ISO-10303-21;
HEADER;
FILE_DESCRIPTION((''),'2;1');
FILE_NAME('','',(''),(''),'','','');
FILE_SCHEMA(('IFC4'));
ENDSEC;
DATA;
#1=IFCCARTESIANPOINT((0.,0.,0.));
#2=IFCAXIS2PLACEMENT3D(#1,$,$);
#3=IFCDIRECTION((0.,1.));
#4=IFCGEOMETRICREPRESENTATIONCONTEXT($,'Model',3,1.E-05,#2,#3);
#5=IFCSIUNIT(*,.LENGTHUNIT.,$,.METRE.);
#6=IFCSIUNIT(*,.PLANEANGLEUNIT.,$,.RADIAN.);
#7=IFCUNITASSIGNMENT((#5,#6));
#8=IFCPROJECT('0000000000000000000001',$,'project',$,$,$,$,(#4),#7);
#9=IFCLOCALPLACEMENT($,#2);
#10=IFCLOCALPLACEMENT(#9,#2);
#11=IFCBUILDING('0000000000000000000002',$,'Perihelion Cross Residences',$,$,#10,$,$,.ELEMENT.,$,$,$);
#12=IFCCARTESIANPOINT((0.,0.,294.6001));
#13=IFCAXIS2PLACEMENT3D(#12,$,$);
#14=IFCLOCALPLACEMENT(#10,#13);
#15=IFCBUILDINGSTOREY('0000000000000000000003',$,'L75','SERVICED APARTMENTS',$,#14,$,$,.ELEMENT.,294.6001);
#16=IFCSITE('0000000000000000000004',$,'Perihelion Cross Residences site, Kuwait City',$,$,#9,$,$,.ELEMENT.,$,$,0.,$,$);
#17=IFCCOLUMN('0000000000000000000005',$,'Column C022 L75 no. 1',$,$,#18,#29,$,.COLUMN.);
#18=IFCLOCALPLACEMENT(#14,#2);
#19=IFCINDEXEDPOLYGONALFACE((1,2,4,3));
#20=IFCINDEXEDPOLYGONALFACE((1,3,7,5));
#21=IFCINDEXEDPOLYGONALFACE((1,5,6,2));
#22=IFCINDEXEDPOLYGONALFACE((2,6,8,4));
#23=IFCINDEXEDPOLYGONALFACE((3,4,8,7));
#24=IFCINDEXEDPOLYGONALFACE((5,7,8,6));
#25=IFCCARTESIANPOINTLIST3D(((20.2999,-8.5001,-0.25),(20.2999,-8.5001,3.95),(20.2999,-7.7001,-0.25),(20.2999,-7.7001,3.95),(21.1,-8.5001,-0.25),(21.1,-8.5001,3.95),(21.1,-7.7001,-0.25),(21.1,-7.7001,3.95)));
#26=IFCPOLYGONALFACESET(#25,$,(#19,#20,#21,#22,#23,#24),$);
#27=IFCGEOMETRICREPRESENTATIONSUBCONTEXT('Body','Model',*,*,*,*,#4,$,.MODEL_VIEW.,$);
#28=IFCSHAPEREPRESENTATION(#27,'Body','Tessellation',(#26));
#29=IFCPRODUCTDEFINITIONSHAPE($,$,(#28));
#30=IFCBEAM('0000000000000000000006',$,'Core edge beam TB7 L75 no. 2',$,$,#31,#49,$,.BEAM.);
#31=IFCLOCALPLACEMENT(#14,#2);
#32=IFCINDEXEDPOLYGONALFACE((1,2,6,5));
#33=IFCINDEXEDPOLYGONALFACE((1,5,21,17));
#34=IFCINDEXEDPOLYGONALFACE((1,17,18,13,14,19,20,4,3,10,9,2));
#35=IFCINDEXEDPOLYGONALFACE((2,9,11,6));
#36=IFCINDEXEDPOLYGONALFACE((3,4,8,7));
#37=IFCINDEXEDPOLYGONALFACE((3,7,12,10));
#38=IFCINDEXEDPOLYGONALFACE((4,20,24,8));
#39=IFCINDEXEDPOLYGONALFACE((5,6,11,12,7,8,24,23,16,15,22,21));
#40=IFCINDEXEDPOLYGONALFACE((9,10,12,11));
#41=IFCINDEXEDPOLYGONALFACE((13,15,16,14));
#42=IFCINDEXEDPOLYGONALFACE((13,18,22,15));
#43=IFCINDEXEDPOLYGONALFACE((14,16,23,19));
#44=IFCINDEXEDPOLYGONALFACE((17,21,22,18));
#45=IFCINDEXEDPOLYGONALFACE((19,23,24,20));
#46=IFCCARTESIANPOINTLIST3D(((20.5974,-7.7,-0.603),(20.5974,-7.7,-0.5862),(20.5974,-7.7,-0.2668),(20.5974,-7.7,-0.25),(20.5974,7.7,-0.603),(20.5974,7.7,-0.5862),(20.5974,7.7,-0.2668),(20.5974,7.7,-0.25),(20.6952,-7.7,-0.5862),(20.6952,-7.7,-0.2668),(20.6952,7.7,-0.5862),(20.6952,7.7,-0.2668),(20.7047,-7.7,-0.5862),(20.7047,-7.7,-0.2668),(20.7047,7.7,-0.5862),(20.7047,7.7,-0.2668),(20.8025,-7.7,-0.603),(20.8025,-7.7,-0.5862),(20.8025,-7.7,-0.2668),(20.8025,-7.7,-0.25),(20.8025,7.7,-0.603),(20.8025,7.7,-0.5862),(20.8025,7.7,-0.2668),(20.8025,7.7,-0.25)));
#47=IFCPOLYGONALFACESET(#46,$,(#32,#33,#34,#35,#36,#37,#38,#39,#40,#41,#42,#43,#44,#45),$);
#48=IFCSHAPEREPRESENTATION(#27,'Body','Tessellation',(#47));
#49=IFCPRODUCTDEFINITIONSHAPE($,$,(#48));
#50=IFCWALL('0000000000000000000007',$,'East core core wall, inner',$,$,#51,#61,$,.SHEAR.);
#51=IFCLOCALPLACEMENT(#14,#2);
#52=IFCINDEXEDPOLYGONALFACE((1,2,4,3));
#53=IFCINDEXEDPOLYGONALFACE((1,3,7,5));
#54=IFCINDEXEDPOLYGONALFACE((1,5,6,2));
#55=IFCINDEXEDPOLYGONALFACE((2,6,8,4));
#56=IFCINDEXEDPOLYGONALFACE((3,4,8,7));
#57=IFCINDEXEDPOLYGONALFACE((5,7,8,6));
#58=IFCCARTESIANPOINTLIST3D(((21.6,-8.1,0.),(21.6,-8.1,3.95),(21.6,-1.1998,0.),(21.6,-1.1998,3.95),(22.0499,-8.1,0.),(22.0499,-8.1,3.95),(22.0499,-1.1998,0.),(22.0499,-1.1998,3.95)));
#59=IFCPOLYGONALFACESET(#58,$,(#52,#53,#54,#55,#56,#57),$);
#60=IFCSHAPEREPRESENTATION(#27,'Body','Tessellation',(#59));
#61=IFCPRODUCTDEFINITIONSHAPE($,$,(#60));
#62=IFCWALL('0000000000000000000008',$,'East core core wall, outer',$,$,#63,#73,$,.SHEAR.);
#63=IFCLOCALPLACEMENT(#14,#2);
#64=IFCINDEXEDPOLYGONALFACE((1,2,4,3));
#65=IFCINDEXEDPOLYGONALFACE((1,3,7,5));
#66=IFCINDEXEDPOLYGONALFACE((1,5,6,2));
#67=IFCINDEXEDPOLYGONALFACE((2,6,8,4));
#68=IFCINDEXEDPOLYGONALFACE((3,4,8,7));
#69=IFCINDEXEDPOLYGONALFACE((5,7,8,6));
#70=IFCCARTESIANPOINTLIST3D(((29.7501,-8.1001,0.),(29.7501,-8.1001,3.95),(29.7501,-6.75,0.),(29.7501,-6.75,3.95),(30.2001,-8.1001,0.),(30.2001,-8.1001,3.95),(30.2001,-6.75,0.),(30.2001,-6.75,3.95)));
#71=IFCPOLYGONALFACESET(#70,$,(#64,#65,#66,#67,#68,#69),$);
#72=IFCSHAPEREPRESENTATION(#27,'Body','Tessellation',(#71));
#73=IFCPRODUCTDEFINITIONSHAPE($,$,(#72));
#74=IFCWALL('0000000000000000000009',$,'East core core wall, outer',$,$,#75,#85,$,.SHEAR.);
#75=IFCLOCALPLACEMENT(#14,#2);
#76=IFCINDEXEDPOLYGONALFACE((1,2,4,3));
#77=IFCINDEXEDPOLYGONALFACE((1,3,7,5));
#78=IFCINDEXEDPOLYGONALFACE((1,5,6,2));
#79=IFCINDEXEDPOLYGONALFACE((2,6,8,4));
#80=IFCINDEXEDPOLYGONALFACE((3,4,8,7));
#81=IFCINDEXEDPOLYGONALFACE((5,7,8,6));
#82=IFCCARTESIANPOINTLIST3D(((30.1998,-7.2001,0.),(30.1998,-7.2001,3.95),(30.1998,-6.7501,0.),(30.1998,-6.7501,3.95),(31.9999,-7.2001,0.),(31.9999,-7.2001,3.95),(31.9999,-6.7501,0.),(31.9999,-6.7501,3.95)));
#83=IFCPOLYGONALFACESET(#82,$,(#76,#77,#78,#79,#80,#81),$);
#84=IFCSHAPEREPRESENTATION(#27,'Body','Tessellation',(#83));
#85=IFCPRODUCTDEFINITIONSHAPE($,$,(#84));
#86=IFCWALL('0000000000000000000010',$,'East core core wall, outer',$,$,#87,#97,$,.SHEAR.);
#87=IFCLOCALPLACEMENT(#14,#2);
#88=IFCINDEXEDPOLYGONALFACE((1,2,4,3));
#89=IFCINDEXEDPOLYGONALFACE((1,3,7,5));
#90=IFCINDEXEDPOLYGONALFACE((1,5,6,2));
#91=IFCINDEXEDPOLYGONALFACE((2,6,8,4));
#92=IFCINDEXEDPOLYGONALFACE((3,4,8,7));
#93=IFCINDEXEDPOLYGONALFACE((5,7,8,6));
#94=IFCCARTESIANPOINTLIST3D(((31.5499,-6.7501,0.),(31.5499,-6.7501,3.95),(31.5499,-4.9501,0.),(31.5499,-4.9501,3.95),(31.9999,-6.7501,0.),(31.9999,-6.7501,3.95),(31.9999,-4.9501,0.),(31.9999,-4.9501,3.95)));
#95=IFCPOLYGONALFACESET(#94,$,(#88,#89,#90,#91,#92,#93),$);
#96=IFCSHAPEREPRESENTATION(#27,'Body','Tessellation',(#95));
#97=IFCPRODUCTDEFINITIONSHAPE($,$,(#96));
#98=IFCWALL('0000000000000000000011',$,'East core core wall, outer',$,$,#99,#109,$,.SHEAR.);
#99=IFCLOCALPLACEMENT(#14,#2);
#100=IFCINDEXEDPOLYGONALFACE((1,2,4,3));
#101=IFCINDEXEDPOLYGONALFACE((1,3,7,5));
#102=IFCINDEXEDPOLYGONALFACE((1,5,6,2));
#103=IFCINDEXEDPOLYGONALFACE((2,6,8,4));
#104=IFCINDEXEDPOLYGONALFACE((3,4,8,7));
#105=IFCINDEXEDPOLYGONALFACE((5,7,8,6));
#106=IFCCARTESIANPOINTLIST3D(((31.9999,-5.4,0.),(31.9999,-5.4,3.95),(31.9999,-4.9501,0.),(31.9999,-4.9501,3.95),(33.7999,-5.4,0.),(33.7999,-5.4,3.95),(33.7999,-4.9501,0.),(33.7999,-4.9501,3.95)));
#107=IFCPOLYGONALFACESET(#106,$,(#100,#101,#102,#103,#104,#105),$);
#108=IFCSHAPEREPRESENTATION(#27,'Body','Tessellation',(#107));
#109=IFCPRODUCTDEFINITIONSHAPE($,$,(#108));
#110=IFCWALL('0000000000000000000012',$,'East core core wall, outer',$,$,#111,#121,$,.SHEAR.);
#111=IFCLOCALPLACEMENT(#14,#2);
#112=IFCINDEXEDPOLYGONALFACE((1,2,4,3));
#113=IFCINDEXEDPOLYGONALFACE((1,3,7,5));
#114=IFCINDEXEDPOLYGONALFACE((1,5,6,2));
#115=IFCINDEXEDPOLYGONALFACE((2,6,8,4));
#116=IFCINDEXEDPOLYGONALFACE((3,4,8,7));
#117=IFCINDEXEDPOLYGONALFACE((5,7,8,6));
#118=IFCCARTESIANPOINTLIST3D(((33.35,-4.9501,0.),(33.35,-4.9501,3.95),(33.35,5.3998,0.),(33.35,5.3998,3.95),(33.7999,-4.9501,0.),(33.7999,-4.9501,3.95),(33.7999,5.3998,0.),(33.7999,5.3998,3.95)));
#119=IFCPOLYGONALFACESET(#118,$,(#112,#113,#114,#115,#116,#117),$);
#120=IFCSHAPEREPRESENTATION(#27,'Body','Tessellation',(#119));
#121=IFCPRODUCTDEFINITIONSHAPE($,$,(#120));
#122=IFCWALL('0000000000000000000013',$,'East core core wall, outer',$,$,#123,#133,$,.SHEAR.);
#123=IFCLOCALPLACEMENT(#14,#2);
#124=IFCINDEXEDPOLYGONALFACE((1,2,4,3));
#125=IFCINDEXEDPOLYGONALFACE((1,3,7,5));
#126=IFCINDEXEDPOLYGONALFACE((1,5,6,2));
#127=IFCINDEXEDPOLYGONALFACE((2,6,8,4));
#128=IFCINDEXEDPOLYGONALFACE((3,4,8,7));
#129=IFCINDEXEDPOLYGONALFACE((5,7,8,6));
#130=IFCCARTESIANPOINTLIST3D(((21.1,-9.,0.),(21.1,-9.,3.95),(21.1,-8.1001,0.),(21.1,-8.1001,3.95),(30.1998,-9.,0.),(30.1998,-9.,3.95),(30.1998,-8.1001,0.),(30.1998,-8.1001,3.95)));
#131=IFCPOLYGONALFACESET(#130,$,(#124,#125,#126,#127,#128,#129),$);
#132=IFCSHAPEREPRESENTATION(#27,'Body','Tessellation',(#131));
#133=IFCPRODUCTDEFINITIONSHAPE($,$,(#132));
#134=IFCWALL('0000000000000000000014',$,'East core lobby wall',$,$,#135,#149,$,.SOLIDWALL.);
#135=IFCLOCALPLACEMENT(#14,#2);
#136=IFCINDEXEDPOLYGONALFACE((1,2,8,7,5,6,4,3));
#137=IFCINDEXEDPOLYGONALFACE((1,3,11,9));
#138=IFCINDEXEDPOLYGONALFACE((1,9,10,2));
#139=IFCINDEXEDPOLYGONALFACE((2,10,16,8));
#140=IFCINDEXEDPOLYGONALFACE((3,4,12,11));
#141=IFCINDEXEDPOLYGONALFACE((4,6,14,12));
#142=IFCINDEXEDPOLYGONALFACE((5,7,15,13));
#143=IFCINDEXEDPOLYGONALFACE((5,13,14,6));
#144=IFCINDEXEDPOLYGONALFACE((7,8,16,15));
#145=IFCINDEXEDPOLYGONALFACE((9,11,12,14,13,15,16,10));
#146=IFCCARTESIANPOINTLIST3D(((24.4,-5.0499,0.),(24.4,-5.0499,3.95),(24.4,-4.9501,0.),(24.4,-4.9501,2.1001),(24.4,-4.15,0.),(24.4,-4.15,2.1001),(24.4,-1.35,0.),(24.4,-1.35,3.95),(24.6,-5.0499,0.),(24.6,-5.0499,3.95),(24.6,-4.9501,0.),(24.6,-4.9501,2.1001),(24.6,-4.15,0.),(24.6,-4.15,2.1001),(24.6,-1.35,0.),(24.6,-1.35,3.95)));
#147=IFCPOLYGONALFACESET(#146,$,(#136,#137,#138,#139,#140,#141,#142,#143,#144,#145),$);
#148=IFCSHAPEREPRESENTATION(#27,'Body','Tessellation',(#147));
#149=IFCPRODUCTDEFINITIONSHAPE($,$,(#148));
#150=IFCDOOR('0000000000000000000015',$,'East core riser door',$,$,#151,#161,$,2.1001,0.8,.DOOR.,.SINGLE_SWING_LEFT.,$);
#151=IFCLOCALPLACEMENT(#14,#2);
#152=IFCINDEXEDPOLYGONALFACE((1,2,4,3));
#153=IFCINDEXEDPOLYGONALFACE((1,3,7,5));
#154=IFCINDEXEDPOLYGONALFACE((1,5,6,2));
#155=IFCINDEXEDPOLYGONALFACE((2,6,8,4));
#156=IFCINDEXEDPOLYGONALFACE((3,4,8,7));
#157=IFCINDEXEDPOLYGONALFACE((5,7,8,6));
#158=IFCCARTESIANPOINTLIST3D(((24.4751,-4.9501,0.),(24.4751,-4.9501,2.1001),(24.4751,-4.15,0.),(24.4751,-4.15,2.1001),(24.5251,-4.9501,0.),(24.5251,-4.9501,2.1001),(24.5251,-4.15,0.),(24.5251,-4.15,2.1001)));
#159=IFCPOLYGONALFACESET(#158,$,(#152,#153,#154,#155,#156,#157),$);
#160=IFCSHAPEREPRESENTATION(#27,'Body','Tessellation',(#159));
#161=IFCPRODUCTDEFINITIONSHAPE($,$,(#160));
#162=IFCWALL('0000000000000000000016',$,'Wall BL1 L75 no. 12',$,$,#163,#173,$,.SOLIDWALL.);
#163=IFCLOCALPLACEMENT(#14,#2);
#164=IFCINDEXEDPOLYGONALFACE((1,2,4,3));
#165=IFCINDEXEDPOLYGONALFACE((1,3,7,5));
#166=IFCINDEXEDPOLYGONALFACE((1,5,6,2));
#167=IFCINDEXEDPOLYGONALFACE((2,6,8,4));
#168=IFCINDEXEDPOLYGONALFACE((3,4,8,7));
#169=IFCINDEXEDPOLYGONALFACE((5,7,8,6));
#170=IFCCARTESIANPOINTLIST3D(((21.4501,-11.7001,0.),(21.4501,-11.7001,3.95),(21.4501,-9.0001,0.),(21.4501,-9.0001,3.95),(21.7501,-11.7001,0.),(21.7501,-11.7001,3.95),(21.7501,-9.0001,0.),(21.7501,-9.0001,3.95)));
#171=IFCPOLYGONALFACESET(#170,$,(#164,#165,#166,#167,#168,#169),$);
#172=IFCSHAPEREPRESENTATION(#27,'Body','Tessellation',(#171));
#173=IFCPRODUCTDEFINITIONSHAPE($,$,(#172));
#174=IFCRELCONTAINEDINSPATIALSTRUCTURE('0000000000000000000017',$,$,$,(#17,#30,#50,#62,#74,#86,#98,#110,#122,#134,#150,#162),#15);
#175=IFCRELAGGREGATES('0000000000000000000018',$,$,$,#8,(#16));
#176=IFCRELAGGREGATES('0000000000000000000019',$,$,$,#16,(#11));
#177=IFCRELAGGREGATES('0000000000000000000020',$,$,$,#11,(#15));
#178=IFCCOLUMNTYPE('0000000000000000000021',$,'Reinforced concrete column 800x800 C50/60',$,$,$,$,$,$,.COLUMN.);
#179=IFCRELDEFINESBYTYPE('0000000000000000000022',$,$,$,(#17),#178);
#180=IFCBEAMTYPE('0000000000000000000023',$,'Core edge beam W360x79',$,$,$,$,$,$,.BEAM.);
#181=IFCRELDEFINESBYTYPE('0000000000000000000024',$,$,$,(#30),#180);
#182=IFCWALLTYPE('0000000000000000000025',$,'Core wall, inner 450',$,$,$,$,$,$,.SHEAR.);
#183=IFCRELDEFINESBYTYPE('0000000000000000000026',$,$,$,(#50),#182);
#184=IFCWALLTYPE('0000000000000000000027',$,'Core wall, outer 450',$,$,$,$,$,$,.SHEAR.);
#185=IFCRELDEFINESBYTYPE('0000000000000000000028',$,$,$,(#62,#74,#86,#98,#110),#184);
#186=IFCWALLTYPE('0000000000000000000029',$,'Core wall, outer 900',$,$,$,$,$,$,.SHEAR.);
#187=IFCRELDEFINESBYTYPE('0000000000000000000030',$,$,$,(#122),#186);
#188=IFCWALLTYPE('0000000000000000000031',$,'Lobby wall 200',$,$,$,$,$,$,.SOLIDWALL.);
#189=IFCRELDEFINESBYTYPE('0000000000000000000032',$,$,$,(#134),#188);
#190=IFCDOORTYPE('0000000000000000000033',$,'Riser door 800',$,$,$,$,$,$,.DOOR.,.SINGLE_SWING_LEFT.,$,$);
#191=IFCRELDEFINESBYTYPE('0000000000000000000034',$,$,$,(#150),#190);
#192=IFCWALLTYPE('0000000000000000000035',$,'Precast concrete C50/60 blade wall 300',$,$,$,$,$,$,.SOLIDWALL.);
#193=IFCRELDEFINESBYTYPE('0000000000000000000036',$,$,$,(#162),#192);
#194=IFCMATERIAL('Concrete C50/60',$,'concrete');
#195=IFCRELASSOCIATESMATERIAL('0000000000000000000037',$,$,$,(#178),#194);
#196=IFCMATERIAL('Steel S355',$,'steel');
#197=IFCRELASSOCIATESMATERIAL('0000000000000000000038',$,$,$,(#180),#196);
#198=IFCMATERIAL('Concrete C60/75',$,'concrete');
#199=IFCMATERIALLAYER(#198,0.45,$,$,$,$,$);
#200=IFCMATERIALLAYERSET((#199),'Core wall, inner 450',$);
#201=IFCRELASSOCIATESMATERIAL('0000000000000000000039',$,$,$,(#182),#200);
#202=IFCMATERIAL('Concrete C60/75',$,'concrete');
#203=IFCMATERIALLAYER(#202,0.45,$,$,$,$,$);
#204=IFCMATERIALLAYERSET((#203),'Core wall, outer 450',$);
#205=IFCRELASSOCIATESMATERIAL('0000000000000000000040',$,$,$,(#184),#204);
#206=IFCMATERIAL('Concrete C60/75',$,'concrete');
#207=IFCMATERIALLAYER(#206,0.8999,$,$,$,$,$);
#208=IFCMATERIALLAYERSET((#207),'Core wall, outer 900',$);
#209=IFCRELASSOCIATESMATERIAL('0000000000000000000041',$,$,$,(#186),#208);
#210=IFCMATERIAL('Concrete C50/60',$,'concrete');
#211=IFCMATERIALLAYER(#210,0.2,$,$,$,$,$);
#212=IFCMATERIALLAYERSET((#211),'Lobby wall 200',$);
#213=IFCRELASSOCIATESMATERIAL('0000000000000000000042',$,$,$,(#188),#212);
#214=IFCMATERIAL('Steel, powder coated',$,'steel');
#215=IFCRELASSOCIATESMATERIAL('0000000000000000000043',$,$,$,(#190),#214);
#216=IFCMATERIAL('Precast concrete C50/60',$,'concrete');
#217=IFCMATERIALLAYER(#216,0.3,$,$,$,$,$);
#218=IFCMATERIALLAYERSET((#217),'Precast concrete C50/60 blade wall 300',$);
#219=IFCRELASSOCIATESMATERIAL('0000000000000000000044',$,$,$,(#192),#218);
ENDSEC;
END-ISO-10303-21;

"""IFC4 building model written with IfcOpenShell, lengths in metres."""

from ifc_helpers import new_model, si_unit, direction, frame, frame_2d, origin, origin_2d, place, context, subcontext, project, spatial, rectangle, i_section, extrude, material, layer, layer_set, material_profile, profile_set, type_object, element, fill, save


model = new_model("IFC4")

# Units and contexts
model_context = context("Model", 3, precision=1e-05, world=origin(), true_north=direction((0.0, 1.0)))
body_context = subcontext(model_context, "Body", "Model", "MODEL_VIEW")
ifc_project = project(units=[si_unit("LENGTHUNIT", "METRE"), si_unit("PLANEANGLEUNIT", "RADIAN")], contexts=[model_context])

# Site, building, storey
site_placement = place(None, origin())
site = spatial("IfcSite", under=ifc_project, at=site_placement, Name="Perihelion Cross Residences site, Kuwait City", CompositionType="ELEMENT", RefElevation=0.0)
building_placement = place(site_placement, origin())
building = spatial("IfcBuilding", under=site, at=building_placement, Name="Perihelion Cross Residences", CompositionType="ELEMENT")
storey_placement = place(building_placement, frame((0.0, 0.0, 294.6001)))
storey = spatial("IfcBuildingStorey", under=building, at=storey_placement, Name="L75", Description="SERVICED APARTMENTS", CompositionType="ELEMENT", Elevation=294.6001)

# Column
ifc_material_1 = material(Name="Concrete C50/60", Category="concrete")
ifc_material_profile_1 = material_profile(ifc_material_1, rectangle(XDim=0.8, YDim=0.8, at=origin_2d()), Name="RC 800x800")
ifc_profile_set_1 = profile_set([ifc_material_profile_1], Name="Concrete C50/60")
column_type = type_object("IfcColumnType", Name="Reinforced concrete column 800x800 C50/60", PredefinedType="COLUMN", material=ifc_profile_set_1)
column_placement = place(storey_placement, frame((20.7, -8.1001, -0.25), z_axis=(0.0, 0.0, 1.0), x_axis=(1.0, 0.0, 0.0)))
element("IfcColumn", 1, at=column_placement, inside=storey, type_object=column_type, Name="Column C022 L75 no. 1", PredefinedType="COLUMN", context=body_context, shape_type="SweptSolid", body=[
    extrude(rectangle(XDim=0.8, YDim=0.8, at=origin_2d()), origin(), (0.0, 0.0, 1.0), 4.2),
])

# Beam
ifc_material_2 = material(Name="Steel S355", Category="steel")
ifc_material_profile_2 = material_profile(ifc_material_2, i_section(OverallWidth=0.2051, OverallDepth=0.353, WebThickness=0.0095, FlangeThickness=0.0168, at=origin_2d()), Name="W360x79")
ifc_profile_set_2 = profile_set([ifc_material_profile_2], Name="Steel S355")
beam_type = type_object("IfcBeamType", Name="Core edge beam W360x79", PredefinedType="BEAM", material=ifc_profile_set_2)
beam_placement = place(storey_placement, frame((20.7, -7.7, -0.4265), z_axis=(0.0, 1.0, 0.0), x_axis=(-1.0, 0.0, 0.0)))
element("IfcBeam", 2, at=beam_placement, inside=storey, type_object=beam_type, Name="Core edge beam TB7 L75 no. 2", PredefinedType="BEAM", context=body_context, shape_type="SweptSolid", body=[
    extrude(i_section(OverallWidth=0.2051, OverallDepth=0.353, WebThickness=0.0095, FlangeThickness=0.0168, at=origin_2d()), origin(), (0.0, 0.0, 1.0), 15.3999),
])

# Walls
ifc_material_3 = material(Name="Concrete C60/75", Category="concrete")
ifc_layer_1 = layer(ifc_material_3, 0.45)
ifc_layer_set_1 = layer_set([ifc_layer_1], Name="Core wall, inner 450")
wall_type_1 = type_object("IfcWallType", Name="Core wall, inner 450", PredefinedType="SHEAR", material=ifc_layer_set_1)
wall_1_placement = place(storey_placement, frame((21.825, -8.1001, 0.0), z_axis=(0.0, 0.0, 1.0), x_axis=(0.0, 1.0, 0.0)))
element("IfcWall", 3, at=wall_1_placement, inside=storey, type_object=wall_type_1, Name="East core core wall, inner", PredefinedType="SHEAR", context=body_context, shape_type="SweptSolid", body=[
    extrude(rectangle(XDim=6.9001, YDim=0.45, at=frame_2d((3.4502, 0.0))), origin(), (0.0, 0.0, 1.0), 3.95),
])
ifc_material_4 = material(Name="Concrete C60/75", Category="concrete")
ifc_layer_2 = layer(ifc_material_4, 0.45)
ifc_layer_set_2 = layer_set([ifc_layer_2], Name="Core wall, outer 450")
wall_type_2 = type_object("IfcWallType", Name="Core wall, outer 450", PredefinedType="SHEAR", material=ifc_layer_set_2)
wall_2_placement = place(storey_placement, frame((29.9751, -8.1001, 0.0), z_axis=(0.0, 0.0, 1.0), x_axis=(0.0, 1.0, 0.0)))
element("IfcWall", 4, at=wall_2_placement, inside=storey, type_object=wall_type_2, Name="East core core wall, outer", PredefinedType="SHEAR", context=body_context, shape_type="SweptSolid", body=[
    extrude(rectangle(XDim=1.3501, YDim=0.45, at=frame_2d((0.675, 0.0))), origin(), (0.0, 0.0, 1.0), 3.95),
])
for number, where, z_axis, x_axis, name in (
    (5, (30.2, -6.9751, 0.0), (0.0, 0.0, 1.0), (1.0, 0.0, 0.0), "East core core wall, outer"),
    (6, (31.7749, -6.75, 0.0), (0.0, 0.0, 1.0), (0.0, 1.0, 0.0), "East core core wall, outer"),
    (7, (32.0, -5.175, 0.0), (0.0, 0.0, 1.0), (1.0, 0.0, 0.0), "East core core wall, outer"),
):
    element("IfcWall", number, at=place(storey_placement, frame(where, z_axis=z_axis, x_axis=x_axis)), inside=storey, type_object=wall_type_2, Name=name, PredefinedType="SHEAR", context=body_context, shape_type="SweptSolid", body=[
        extrude(rectangle(XDim=1.8, YDim=0.45, at=frame_2d((0.8999, 0.0))), origin(), (0.0, 0.0, 1.0), 3.95),
    ])
wall_3_placement = place(storey_placement, frame((33.575, -4.95, 0.0), z_axis=(0.0, 0.0, 1.0), x_axis=(0.0, 1.0, 0.0)))
element("IfcWall", 8, at=wall_3_placement, inside=storey, type_object=wall_type_2, Name="East core core wall, outer", PredefinedType="SHEAR", context=body_context, shape_type="SweptSolid", body=[
    extrude(rectangle(XDim=10.3499, YDim=0.45, at=frame_2d((5.1748, 0.0))), origin(), (0.0, 0.0, 1.0), 3.95),
])
ifc_material_5 = material(Name="Concrete C60/75", Category="concrete")
ifc_layer_3 = layer(ifc_material_5, 0.8999)
ifc_layer_set_3 = layer_set([ifc_layer_3], Name="Core wall, outer 900")
wall_type_3 = type_object("IfcWallType", Name="Core wall, outer 900", PredefinedType="SHEAR", material=ifc_layer_set_3)
wall_4_placement = place(storey_placement, frame((21.1001, -8.55, 0.0), z_axis=(0.0, 0.0, 1.0), x_axis=(1.0, 0.0, 0.0)))
element("IfcWall", 9, at=wall_4_placement, inside=storey, type_object=wall_type_3, Name="East core core wall, outer", PredefinedType="SHEAR", context=body_context, shape_type="SweptSolid", body=[
    extrude(rectangle(XDim=9.0999, YDim=0.8999, at=frame_2d((4.5498, 0.0))), origin(), (0.0, 0.0, 1.0), 3.95),
])

# Wall, opening, door
ifc_material_6 = material(Name="Concrete C50/60", Category="concrete")
ifc_layer_4 = layer(ifc_material_6, 0.2)
ifc_layer_set_4 = layer_set([ifc_layer_4], Name="Lobby wall 200")
wall_type_4 = type_object("IfcWallType", Name="Lobby wall 200", PredefinedType="SOLIDWALL", material=ifc_layer_set_4)
wall_5_placement = place(storey_placement, frame((24.5, -5.05, 0.0), z_axis=(0.0, 0.0, 1.0), x_axis=(0.0, 1.0, 0.0)))
wall_5 = element("IfcWall", 10, at=wall_5_placement, inside=storey, type_object=wall_type_4, Name="East core lobby wall", PredefinedType="SOLIDWALL", context=body_context, shape_type="SweptSolid", body=[
    extrude(rectangle(XDim=3.7, YDim=0.2, at=frame_2d((1.8501, 0.0))), origin(), (0.0, 0.0, 1.0), 3.95),
])
opening_1_placement = place(wall_5_placement, frame((0.1001, 0.0, 0.0)))
opening_1 = element("IfcOpeningElement", 11, at=opening_1_placement, cuts=wall_5, PredefinedType="OPENING", context=body_context, shape_type="SweptSolid", body=[
    extrude(rectangle(XDim=0.8, YDim=2.1001, at=frame_2d((0.3999, 1.05))), frame((0.0, 0.1099, 0.0), z_axis=(0.0, -1.0, 0.0), x_axis=(1.0, 0.0, 0.0)), (0.0, 0.0, 1.0), 0.22),
])
ifc_material_7 = material(Name="Steel, powder coated", Category="steel")
door_type_1 = type_object("IfcDoorType", Name="Riser door 800", OperationType="SINGLE_SWING_LEFT", PredefinedType="DOOR", material=ifc_material_7)
door_1_placement = place(opening_1_placement, origin())
door_1 = element("IfcDoor", 12, at=door_1_placement, inside=storey, type_object=door_type_1, Name="East core riser door", OperationType="SINGLE_SWING_LEFT", OverallHeight=2.1001, OverallWidth=0.8, PredefinedType="DOOR", context=body_context, shape_type="SweptSolid", body=[
    extrude(rectangle(XDim=0.8, YDim=2.1001, at=frame_2d((0.3999, 1.05))), frame((0.0, 0.0249, 0.0), z_axis=(0.0, -1.0, 0.0), x_axis=(1.0, 0.0, 0.0)), (0.0, 0.0, 1.0), 0.05),
])
fill(opening_1, door_1)

# Wall
ifc_material_8 = material(Name="Precast concrete C50/60", Category="concrete")
ifc_layer_5 = layer(ifc_material_8, 0.3)
ifc_layer_set_5 = layer_set([ifc_layer_5], Name="Precast concrete C50/60 blade wall 300")
wall_type_5 = type_object("IfcWallType", Name="Precast concrete C50/60 blade wall 300", PredefinedType="SOLIDWALL", material=ifc_layer_set_5)
wall_6_placement = place(storey_placement, frame((21.6001, -9.0, 0.0), z_axis=(0.0, 0.0, 1.0), x_axis=(0.0, -1.0, 0.0)))
element("IfcWall", 13, at=wall_6_placement, inside=storey, type_object=wall_type_5, Name="Wall BL1 L75 no. 12", PredefinedType="SOLIDWALL", context=body_context, shape_type="SweptSolid", body=[
    extrude(rectangle(XDim=2.7, YDim=0.3, at=frame_2d((1.3501, 0.0))), origin(), (0.0, 0.0, 1.0), 3.95),
])

save(model, "model.ifc")
